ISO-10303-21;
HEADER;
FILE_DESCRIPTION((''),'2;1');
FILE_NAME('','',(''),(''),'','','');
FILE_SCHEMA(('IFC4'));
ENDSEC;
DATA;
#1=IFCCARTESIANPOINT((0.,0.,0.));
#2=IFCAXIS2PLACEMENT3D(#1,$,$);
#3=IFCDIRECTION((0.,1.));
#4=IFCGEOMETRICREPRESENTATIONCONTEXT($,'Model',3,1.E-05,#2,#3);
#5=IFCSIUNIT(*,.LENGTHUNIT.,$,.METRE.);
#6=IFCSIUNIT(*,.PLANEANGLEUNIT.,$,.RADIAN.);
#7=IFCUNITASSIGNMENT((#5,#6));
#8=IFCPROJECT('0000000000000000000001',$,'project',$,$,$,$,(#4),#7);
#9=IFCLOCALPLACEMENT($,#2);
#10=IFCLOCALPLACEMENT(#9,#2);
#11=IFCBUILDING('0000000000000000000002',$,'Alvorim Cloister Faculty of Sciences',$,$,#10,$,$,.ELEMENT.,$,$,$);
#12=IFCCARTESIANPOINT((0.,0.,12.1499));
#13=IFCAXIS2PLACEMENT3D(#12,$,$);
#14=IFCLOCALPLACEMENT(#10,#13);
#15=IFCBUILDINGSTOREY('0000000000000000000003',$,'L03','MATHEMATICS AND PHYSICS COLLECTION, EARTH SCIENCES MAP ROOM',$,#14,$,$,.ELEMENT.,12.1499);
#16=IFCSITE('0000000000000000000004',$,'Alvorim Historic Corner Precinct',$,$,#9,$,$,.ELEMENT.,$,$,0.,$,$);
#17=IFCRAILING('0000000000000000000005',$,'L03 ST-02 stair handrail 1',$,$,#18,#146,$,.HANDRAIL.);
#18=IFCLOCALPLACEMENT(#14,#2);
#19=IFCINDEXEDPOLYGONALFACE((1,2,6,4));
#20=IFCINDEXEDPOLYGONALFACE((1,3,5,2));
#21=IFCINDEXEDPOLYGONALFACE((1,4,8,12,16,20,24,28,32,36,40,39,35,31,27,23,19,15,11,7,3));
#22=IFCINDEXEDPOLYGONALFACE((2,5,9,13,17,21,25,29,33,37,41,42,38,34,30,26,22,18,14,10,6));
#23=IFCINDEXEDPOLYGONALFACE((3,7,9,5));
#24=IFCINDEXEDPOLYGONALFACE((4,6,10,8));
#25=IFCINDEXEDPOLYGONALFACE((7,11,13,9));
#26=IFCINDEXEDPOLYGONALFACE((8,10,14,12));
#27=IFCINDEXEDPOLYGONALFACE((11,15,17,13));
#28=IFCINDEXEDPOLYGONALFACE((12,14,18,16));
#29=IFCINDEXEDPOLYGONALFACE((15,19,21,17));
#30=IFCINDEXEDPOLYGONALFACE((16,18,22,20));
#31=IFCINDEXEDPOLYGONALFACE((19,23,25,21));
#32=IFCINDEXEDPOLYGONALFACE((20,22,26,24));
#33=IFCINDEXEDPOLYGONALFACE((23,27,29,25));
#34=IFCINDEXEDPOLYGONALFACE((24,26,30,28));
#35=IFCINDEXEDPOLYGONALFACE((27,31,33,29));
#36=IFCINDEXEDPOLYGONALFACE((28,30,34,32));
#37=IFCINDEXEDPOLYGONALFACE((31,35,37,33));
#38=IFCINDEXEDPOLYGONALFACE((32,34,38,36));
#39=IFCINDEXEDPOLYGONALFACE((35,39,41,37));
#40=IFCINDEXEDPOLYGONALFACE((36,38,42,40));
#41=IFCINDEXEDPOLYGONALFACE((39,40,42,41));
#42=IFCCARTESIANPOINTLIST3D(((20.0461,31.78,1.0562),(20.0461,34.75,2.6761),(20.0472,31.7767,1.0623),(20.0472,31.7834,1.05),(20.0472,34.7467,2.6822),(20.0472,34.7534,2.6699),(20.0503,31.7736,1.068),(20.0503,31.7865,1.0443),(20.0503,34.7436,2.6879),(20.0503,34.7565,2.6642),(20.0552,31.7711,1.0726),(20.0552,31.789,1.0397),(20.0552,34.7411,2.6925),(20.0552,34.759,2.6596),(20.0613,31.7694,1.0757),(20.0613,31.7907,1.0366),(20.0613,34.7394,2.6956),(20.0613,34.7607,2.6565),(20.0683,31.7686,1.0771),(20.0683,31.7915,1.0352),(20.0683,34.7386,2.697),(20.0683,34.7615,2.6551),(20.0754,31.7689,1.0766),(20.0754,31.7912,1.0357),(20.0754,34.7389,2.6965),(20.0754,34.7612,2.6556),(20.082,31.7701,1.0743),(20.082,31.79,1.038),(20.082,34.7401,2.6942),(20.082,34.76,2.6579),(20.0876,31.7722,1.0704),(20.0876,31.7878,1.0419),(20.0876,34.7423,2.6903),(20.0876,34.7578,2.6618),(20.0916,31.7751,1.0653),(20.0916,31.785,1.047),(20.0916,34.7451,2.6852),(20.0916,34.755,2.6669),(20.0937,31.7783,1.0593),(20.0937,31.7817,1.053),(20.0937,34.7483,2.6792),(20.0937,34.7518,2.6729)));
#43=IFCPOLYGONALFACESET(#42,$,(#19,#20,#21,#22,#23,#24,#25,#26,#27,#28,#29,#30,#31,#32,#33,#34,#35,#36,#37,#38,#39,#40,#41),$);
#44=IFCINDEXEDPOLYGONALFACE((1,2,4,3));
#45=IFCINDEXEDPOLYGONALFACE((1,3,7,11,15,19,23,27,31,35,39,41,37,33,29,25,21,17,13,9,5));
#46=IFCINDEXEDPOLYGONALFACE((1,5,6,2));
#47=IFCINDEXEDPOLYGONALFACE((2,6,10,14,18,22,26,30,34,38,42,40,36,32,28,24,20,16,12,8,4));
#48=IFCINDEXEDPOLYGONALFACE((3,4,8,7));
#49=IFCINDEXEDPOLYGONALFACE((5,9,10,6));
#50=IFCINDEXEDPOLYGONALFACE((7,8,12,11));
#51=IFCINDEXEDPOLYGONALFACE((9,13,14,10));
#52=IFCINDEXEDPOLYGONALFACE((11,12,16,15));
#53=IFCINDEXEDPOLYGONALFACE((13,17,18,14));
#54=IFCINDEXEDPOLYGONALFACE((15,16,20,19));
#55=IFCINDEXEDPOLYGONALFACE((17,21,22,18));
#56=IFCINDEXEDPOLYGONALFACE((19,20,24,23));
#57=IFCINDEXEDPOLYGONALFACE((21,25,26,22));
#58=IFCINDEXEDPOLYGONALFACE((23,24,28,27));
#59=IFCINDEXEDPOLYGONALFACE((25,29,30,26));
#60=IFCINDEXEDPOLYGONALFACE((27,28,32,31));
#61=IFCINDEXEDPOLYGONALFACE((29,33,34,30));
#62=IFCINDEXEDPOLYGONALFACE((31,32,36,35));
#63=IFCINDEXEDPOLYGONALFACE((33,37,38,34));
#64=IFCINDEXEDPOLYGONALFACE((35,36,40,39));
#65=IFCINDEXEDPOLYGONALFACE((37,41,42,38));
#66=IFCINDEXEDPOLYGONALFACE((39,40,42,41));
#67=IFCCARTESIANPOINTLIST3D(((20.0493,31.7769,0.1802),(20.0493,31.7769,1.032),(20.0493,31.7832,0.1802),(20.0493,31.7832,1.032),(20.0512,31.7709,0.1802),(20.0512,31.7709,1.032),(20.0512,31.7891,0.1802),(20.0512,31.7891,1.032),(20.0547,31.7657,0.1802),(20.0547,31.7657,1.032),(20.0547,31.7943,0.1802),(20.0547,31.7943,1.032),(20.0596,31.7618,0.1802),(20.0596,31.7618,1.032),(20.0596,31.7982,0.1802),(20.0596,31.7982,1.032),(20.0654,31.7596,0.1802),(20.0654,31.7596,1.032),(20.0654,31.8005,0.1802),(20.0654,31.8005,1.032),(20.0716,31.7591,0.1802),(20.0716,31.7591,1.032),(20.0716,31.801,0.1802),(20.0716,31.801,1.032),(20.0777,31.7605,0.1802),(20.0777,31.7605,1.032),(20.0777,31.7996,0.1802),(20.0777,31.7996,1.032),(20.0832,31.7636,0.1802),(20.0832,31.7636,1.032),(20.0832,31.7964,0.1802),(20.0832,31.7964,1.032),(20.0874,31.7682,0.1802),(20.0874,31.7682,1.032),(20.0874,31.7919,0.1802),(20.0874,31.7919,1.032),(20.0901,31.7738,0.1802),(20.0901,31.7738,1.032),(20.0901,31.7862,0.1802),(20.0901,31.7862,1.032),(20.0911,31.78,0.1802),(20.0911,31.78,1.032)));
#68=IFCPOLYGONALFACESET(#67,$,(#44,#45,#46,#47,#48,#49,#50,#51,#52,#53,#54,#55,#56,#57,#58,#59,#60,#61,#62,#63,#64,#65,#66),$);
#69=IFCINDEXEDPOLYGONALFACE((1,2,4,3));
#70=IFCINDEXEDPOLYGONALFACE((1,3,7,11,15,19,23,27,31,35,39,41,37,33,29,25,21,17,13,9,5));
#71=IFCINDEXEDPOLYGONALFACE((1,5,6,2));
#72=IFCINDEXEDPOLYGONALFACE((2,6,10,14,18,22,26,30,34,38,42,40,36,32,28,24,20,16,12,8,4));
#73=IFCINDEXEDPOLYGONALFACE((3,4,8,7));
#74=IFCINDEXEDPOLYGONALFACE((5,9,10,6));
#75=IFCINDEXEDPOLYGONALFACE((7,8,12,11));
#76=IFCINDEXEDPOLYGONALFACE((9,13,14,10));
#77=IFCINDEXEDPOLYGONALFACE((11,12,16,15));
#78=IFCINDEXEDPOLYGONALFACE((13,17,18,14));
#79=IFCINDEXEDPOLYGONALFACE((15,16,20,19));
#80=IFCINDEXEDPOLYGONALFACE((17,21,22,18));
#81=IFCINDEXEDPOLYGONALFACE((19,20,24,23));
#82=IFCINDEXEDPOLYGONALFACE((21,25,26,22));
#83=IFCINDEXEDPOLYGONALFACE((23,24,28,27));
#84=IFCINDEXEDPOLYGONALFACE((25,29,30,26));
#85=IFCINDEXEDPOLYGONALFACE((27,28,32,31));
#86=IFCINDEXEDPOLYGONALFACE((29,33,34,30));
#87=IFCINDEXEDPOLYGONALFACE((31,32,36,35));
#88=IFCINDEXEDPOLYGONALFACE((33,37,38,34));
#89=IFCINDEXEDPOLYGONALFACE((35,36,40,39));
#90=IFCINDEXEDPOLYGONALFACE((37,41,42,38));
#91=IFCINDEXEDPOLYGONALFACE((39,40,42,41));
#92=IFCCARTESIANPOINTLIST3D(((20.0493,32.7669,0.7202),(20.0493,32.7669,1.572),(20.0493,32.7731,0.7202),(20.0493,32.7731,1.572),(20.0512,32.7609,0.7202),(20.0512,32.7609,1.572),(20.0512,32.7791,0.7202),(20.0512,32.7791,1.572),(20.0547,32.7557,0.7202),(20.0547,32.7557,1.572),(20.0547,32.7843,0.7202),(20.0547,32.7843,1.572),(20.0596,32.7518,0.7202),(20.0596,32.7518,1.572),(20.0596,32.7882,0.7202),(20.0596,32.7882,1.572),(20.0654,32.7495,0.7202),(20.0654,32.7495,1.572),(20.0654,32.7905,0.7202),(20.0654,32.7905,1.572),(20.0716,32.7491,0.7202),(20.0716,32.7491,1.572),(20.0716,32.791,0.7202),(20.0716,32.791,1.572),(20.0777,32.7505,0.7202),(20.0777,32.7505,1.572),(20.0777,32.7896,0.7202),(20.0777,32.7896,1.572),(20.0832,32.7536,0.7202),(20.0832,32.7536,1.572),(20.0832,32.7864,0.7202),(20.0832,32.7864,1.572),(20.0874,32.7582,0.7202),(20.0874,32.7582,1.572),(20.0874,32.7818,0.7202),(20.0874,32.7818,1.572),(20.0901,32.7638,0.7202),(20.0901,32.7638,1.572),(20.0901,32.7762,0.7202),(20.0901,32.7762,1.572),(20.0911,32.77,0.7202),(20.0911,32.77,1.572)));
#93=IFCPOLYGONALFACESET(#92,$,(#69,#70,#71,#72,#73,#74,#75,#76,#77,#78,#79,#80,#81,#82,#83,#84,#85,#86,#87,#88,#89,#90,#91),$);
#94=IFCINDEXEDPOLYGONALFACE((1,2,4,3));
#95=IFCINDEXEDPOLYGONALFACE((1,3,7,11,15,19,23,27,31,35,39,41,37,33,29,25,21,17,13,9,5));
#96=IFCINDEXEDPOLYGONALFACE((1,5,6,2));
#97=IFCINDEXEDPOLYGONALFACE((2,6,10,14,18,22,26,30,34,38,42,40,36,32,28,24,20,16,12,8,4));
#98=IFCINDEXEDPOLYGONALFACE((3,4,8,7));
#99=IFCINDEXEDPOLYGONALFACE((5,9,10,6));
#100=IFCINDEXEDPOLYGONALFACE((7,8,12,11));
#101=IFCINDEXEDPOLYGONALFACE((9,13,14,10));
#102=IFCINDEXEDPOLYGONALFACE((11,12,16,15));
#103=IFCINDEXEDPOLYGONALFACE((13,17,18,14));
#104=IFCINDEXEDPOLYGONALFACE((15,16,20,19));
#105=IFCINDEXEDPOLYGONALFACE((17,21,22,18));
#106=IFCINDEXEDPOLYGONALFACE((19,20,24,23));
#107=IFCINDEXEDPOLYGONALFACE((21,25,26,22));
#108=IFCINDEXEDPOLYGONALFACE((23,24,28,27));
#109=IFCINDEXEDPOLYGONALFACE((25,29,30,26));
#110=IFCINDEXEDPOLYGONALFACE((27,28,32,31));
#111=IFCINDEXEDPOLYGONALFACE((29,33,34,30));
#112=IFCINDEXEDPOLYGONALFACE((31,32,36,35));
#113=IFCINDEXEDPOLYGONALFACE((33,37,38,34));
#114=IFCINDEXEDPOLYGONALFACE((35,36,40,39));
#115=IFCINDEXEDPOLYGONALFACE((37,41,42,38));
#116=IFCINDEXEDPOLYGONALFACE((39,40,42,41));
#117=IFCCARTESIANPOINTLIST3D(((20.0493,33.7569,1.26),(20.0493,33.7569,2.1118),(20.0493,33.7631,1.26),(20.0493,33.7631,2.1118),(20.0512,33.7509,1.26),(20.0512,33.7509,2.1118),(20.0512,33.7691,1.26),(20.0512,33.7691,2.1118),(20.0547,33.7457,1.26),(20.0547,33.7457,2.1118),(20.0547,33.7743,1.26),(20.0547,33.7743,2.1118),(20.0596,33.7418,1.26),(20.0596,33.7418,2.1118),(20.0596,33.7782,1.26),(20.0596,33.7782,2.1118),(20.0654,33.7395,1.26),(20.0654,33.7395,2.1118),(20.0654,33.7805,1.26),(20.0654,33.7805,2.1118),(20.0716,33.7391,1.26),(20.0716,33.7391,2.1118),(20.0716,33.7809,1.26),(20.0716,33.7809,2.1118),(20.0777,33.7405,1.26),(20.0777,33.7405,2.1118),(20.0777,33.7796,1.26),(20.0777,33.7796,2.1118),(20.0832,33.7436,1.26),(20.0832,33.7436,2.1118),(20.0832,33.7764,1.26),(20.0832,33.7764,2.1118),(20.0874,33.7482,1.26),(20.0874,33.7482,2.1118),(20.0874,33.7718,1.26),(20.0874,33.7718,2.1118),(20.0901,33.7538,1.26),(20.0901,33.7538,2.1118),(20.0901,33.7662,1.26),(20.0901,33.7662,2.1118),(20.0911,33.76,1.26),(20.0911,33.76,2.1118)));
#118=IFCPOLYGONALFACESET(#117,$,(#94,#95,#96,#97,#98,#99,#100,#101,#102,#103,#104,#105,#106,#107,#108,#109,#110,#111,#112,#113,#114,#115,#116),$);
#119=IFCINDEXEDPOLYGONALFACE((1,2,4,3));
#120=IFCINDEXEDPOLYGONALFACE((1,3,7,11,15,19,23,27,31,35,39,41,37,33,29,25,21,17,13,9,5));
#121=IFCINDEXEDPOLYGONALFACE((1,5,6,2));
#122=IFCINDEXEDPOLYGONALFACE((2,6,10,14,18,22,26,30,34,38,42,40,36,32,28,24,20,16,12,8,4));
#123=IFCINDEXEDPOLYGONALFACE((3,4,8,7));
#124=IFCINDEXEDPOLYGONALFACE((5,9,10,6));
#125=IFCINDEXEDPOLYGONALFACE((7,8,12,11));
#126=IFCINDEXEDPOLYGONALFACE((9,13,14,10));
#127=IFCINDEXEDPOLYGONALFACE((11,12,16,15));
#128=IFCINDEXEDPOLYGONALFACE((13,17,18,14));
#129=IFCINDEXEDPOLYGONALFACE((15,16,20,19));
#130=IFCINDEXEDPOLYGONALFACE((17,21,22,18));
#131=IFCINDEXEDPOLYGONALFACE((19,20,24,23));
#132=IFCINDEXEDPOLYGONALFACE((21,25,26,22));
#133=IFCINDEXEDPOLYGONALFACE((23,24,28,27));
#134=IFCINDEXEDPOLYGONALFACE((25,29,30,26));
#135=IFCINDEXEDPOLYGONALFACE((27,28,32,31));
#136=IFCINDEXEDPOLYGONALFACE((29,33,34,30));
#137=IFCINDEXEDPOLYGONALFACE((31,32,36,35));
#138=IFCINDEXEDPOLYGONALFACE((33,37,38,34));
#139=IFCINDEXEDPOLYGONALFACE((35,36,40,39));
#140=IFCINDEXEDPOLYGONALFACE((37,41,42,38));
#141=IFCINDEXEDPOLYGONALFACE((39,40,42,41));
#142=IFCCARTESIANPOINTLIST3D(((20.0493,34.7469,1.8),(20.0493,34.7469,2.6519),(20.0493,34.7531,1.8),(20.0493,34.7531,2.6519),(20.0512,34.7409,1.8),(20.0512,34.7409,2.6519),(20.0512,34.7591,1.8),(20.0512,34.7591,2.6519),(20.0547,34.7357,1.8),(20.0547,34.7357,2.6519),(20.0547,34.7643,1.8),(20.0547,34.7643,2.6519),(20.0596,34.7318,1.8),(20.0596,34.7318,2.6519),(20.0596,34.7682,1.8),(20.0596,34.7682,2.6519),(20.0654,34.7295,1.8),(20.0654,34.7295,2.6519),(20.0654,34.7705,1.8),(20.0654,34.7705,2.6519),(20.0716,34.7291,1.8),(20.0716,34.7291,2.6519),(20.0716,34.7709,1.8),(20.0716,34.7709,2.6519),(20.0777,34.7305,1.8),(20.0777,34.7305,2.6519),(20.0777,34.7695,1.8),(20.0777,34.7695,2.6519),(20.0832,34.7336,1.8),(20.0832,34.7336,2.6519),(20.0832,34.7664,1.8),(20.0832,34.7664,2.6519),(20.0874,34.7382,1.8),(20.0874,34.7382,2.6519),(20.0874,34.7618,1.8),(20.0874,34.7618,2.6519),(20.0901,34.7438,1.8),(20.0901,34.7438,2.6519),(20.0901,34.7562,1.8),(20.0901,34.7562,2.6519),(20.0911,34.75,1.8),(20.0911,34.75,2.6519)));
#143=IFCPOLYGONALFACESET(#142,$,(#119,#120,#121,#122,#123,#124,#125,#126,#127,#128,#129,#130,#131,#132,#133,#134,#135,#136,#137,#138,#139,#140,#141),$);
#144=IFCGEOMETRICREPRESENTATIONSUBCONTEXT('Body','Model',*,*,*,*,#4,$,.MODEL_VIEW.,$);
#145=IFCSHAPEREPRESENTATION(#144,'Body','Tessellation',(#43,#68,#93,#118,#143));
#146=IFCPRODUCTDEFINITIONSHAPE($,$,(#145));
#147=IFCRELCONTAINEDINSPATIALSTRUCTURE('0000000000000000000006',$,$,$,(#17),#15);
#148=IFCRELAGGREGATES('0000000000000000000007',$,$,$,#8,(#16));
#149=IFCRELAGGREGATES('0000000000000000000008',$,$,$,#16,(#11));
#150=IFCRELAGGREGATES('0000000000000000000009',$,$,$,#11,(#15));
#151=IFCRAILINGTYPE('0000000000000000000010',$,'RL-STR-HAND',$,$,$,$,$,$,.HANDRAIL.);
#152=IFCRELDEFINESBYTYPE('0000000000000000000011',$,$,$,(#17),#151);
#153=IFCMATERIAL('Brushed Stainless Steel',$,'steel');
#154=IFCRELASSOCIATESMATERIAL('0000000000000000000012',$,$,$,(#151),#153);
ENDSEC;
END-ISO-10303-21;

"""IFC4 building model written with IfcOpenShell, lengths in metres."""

from ifc_helpers import new_model, si_unit, direction, frame, origin, origin_2d, place, context, subcontext, project, spatial, circle, extrude, material, type_object, element, save


model = new_model("IFC4")

# Units and contexts
model_context = context("Model", 3, precision=1e-05, world=origin(), true_north=direction((0.0, 1.0)))
body_context = subcontext(model_context, "Body", "Model", "MODEL_VIEW")
ifc_project = project(units=[si_unit("LENGTHUNIT", "METRE"), si_unit("PLANEANGLEUNIT", "RADIAN")], contexts=[model_context])

# Site, building, storey
site_placement = place(None, origin())
site = spatial("IfcSite", under=ifc_project, at=site_placement, Name="Alvorim Historic Corner Precinct", CompositionType="ELEMENT", RefElevation=0.0)
building_placement = place(site_placement, origin())
building = spatial("IfcBuilding", under=site, at=building_placement, Name="Alvorim Cloister Faculty of Sciences", CompositionType="ELEMENT")
storey_placement = place(building_placement, frame((0.0, 0.0, 12.1499)))
storey = spatial("IfcBuildingStorey", under=building, at=storey_placement, Name="L03", Description="MATHEMATICS AND PHYSICS COLLECTION, EARTH SCIENCES MAP ROOM", CompositionType="ELEMENT", Elevation=12.1499)

# Shared definitions
ifc_material_1 = material(Name="Brushed Stainless Steel", Category="steel")

# Railing
railing_type_1 = type_object("IfcRailingType", Name="RL-STR-HAND", PredefinedType="HANDRAIL", material=ifc_material_1)
railing_1_placement = place(storey_placement, frame((20.0701, 31.78, 0.1802)))
element("IfcRailing", 1, at=railing_1_placement, inside=storey, type_object=railing_type_1, Name="L03 ST-02 stair handrail 1", PredefinedType="HANDRAIL", context=body_context, shape_type="SweptSolid", body=[
    extrude(circle(Radius=0.0239, at=origin_2d()), frame((0.0, 0.0, 0.876), z_axis=(0.0, 0.877909, 0.478827), x_axis=(-1.0, 0.0, 0.0)), (0.0, 0.0, 1.0), 3.3831),
    extrude(circle(Radius=0.021, at=origin_2d()), origin(), (0.0, 0.0, 1.0), 0.8518),
    extrude(circle(Radius=0.021, at=origin_2d()), frame((0.0, 0.99, 0.54)), (0.0, 0.0, 1.0), 0.8518),
    extrude(circle(Radius=0.021, at=origin_2d()), frame((0.0, 1.98, 1.0798)), (0.0, 0.0, 1.0), 0.8518),
    extrude(circle(Radius=0.021, at=origin_2d()), frame((0.0, 2.97, 1.6199)), (0.0, 0.0, 1.0), 0.8518),
])

save(model, "model.ifc")
